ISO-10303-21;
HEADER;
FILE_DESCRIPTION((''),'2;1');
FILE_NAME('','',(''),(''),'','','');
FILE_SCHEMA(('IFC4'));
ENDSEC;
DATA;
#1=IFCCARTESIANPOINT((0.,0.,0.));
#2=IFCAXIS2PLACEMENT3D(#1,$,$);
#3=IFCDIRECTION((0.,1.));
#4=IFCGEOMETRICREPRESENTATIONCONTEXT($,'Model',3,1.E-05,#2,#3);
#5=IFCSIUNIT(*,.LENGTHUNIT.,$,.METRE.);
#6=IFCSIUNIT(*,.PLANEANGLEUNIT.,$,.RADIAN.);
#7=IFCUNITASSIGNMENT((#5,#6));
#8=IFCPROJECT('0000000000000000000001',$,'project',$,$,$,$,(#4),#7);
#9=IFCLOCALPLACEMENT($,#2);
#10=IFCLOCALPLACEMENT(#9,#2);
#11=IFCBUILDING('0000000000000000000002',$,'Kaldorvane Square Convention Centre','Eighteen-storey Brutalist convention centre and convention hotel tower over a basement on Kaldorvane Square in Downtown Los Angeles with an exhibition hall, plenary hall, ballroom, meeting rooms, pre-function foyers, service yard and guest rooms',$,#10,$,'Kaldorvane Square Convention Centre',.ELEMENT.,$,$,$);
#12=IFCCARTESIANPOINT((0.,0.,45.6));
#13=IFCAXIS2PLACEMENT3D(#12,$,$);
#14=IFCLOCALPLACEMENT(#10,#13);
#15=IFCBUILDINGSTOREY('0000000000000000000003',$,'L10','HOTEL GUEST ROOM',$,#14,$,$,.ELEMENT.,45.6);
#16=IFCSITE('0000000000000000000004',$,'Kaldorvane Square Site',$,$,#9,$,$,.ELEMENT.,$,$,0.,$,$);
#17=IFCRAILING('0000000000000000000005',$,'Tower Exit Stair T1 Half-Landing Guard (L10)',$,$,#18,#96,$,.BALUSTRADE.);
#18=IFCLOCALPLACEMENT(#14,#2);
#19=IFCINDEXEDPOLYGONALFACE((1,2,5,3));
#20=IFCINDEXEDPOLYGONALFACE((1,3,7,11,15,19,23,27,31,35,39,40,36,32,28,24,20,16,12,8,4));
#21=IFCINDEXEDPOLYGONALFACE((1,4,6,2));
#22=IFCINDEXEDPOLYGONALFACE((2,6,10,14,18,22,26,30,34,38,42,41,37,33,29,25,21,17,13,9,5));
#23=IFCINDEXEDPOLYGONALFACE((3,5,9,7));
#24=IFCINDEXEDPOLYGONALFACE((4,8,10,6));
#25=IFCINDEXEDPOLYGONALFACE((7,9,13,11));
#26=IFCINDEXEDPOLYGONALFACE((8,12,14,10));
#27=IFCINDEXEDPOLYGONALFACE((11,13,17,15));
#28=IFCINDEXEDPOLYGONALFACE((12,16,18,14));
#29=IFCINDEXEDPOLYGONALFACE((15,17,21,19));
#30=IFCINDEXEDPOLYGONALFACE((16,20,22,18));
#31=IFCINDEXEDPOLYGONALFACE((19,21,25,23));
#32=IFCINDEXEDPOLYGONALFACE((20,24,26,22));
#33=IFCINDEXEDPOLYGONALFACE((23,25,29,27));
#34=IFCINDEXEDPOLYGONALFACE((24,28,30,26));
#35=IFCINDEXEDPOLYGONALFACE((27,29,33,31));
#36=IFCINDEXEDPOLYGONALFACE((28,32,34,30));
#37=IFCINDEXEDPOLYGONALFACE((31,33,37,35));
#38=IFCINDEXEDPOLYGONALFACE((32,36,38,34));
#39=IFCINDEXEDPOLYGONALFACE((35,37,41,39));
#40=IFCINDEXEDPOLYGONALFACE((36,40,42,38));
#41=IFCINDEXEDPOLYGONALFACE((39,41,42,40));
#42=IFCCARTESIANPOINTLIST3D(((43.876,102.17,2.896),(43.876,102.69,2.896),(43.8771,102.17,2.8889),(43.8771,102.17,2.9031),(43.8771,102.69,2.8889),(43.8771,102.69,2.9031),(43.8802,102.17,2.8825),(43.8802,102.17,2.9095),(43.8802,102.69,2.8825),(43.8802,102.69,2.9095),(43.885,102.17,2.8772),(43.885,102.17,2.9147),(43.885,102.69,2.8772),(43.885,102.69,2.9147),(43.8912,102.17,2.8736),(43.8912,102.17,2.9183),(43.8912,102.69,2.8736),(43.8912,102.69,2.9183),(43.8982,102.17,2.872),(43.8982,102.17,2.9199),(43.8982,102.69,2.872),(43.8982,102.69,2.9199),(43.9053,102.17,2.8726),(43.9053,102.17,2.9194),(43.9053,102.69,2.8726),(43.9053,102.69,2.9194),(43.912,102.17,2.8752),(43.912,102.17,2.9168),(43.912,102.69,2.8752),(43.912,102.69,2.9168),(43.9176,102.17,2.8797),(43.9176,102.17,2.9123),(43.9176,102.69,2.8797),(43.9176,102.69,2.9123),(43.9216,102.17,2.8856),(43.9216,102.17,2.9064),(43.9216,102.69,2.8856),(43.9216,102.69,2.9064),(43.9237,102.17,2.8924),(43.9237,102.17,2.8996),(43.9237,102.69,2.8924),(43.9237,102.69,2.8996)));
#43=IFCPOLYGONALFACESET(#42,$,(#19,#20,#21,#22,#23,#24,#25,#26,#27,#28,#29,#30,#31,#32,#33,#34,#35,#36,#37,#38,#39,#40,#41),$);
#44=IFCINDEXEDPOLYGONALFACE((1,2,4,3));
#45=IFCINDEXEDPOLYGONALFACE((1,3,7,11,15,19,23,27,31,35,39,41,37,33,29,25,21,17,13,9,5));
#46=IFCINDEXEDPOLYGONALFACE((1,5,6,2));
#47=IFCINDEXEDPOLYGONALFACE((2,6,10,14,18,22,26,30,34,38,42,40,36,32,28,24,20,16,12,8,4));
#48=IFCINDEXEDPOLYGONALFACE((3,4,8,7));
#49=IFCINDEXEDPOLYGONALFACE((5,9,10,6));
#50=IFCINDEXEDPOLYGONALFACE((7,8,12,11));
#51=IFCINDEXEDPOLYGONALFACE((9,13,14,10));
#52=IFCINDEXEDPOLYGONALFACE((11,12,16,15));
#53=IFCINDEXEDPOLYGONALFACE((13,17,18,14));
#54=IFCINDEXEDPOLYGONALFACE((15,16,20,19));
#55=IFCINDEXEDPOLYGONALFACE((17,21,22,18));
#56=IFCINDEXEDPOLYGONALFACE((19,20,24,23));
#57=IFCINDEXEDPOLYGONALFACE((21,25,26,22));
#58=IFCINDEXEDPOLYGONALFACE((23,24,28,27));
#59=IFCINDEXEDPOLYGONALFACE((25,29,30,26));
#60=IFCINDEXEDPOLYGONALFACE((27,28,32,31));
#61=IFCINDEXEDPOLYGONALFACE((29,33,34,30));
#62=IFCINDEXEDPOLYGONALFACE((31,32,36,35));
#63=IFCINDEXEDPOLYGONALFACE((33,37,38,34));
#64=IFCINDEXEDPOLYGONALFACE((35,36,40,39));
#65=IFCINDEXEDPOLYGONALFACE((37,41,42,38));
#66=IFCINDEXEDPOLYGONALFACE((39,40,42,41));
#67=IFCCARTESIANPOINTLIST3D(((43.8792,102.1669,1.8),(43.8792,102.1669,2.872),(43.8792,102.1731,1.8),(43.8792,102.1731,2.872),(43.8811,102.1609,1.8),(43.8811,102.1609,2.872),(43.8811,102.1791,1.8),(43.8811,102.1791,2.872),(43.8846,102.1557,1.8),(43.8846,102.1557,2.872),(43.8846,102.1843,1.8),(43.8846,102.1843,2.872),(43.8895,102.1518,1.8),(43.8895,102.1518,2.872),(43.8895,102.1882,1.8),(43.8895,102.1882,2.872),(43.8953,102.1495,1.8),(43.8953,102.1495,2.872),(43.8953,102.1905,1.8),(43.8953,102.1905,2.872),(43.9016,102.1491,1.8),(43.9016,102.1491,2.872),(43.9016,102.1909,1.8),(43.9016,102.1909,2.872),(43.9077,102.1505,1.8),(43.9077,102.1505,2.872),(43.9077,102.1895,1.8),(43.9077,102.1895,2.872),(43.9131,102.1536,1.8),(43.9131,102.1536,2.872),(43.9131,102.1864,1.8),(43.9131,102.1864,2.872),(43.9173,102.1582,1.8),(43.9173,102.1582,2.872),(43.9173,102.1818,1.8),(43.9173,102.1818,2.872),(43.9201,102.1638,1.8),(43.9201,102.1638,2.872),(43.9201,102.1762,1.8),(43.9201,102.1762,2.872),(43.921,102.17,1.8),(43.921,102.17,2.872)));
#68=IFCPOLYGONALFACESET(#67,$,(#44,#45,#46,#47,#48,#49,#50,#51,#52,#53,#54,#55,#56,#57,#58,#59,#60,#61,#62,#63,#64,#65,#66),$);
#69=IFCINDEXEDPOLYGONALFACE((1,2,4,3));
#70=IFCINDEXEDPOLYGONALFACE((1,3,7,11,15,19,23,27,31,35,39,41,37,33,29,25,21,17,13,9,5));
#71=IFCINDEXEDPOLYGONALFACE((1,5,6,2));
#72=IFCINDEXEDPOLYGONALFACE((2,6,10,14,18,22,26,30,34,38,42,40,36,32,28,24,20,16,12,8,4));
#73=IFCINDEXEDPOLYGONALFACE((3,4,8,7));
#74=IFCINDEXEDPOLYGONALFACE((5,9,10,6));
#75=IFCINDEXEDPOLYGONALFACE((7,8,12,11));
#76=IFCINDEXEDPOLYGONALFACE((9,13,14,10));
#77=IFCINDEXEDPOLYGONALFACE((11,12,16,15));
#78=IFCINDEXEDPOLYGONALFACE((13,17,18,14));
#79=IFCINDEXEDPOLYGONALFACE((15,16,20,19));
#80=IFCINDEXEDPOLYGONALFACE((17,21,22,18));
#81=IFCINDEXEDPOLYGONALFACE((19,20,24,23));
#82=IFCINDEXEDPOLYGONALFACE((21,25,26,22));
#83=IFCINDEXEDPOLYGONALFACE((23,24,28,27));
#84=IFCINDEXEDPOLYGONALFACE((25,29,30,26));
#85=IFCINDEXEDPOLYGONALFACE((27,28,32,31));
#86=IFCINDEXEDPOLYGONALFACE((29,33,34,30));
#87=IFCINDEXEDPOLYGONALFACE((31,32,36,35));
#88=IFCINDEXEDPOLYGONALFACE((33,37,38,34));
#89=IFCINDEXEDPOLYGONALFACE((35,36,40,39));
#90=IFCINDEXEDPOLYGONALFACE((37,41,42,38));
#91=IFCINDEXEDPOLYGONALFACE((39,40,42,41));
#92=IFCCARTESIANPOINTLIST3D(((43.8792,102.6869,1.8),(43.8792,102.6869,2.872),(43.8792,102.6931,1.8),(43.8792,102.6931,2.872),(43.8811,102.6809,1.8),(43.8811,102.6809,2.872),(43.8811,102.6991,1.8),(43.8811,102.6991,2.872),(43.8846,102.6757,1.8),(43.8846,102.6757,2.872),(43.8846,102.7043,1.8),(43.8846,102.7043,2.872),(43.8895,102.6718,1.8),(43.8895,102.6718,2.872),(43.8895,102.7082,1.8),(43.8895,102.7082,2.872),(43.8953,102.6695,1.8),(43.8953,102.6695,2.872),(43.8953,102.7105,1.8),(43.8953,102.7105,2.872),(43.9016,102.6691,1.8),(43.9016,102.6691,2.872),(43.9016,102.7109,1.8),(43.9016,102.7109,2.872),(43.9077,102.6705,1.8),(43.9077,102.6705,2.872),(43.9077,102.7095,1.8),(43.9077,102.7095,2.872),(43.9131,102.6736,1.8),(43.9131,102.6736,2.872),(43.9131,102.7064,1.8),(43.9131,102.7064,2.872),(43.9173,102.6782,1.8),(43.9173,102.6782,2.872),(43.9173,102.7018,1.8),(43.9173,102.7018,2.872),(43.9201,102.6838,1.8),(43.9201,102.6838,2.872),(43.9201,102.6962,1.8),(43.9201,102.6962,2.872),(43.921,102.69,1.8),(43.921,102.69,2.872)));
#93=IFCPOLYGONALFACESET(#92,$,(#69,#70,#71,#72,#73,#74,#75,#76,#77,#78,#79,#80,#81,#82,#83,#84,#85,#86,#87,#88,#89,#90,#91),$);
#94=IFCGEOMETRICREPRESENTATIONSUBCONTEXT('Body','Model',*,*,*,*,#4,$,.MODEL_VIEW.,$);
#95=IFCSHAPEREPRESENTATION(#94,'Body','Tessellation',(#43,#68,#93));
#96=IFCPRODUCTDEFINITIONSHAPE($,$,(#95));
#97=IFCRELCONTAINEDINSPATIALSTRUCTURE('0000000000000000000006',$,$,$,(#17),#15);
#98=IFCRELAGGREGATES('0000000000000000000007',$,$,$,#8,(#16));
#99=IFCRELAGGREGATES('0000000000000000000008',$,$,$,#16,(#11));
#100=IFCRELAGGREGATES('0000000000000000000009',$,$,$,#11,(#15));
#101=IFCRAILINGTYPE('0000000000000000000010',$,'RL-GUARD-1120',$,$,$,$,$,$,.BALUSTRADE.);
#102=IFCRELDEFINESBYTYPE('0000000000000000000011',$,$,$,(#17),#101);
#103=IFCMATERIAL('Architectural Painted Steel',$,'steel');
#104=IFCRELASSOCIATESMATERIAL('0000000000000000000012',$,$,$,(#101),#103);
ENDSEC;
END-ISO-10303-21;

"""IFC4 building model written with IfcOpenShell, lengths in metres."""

from ifc_helpers import new_model, si_unit, direction, frame, origin, origin_2d, place, context, subcontext, project, spatial, circle, extrude, material, type_object, element, save


model = new_model("IFC4")

# Units and contexts
model_context = context("Model", 3, precision=1e-05, world=origin(), true_north=direction((0.0, 1.0)))
body_context = subcontext(model_context, "Body", "Model", "MODEL_VIEW")
ifc_project = project(units=[si_unit("LENGTHUNIT", "METRE"), si_unit("PLANEANGLEUNIT", "RADIAN")], contexts=[model_context])

# Site, building, storey
site_placement = place(None, origin())
site = spatial("IfcSite", under=ifc_project, at=site_placement, Name="Kaldorvane Square Site", CompositionType="ELEMENT", RefElevation=0.0)
building_placement = place(site_placement, origin())
building = spatial("IfcBuilding", under=site, at=building_placement, Name="Kaldorvane Square Convention Centre", Description="Eighteen-storey Brutalist convention centre and convention hotel tower over a basement on Kaldorvane Square in Downtown Los Angeles with an exhibition hall, plenary hall, ballroom, meeting rooms, pre-function foyers, service yard and guest rooms", LongName="Kaldorvane Square Convention Centre", CompositionType="ELEMENT")
storey_placement = place(building_placement, frame((0.0, 0.0, 45.6)))
storey = spatial("IfcBuildingStorey", under=building, at=storey_placement, Name="L10", Description="HOTEL GUEST ROOM", CompositionType="ELEMENT", Elevation=45.6)

# Railing
ifc_material_1 = material(Name="Architectural Painted Steel", Category="steel")
railing_type_1 = type_object("IfcRailingType", Name="RL-GUARD-1120", PredefinedType="BALUSTRADE", material=ifc_material_1)
railing_1_placement = place(storey_placement, frame((43.9, 102.17, 1.8)))
element("IfcRailing", 1, at=railing_1_placement, inside=storey, type_object=railing_type_1, Name="Tower Exit Stair T1 Half-Landing Guard (L10)", PredefinedType="BALUSTRADE", context=body_context, shape_type="SweptSolid", body=[
    extrude(circle(Radius=0.024, at=origin_2d()), frame((0.0, 0.0, 1.096), z_axis=(0.0, 1.0, 0.0), x_axis=(-1.0, 0.0, 0.0)), (0.0, 0.0, 1.0), 0.52),
    extrude(circle(Radius=0.021, at=origin_2d()), origin(), (0.0, 0.0, 1.0), 1.072),
    extrude(circle(Radius=0.021, at=origin_2d()), frame((0.0, 0.52, 0.0)), (0.0, 0.0, 1.0), 1.072),
])

save(model, "model.ifc")
